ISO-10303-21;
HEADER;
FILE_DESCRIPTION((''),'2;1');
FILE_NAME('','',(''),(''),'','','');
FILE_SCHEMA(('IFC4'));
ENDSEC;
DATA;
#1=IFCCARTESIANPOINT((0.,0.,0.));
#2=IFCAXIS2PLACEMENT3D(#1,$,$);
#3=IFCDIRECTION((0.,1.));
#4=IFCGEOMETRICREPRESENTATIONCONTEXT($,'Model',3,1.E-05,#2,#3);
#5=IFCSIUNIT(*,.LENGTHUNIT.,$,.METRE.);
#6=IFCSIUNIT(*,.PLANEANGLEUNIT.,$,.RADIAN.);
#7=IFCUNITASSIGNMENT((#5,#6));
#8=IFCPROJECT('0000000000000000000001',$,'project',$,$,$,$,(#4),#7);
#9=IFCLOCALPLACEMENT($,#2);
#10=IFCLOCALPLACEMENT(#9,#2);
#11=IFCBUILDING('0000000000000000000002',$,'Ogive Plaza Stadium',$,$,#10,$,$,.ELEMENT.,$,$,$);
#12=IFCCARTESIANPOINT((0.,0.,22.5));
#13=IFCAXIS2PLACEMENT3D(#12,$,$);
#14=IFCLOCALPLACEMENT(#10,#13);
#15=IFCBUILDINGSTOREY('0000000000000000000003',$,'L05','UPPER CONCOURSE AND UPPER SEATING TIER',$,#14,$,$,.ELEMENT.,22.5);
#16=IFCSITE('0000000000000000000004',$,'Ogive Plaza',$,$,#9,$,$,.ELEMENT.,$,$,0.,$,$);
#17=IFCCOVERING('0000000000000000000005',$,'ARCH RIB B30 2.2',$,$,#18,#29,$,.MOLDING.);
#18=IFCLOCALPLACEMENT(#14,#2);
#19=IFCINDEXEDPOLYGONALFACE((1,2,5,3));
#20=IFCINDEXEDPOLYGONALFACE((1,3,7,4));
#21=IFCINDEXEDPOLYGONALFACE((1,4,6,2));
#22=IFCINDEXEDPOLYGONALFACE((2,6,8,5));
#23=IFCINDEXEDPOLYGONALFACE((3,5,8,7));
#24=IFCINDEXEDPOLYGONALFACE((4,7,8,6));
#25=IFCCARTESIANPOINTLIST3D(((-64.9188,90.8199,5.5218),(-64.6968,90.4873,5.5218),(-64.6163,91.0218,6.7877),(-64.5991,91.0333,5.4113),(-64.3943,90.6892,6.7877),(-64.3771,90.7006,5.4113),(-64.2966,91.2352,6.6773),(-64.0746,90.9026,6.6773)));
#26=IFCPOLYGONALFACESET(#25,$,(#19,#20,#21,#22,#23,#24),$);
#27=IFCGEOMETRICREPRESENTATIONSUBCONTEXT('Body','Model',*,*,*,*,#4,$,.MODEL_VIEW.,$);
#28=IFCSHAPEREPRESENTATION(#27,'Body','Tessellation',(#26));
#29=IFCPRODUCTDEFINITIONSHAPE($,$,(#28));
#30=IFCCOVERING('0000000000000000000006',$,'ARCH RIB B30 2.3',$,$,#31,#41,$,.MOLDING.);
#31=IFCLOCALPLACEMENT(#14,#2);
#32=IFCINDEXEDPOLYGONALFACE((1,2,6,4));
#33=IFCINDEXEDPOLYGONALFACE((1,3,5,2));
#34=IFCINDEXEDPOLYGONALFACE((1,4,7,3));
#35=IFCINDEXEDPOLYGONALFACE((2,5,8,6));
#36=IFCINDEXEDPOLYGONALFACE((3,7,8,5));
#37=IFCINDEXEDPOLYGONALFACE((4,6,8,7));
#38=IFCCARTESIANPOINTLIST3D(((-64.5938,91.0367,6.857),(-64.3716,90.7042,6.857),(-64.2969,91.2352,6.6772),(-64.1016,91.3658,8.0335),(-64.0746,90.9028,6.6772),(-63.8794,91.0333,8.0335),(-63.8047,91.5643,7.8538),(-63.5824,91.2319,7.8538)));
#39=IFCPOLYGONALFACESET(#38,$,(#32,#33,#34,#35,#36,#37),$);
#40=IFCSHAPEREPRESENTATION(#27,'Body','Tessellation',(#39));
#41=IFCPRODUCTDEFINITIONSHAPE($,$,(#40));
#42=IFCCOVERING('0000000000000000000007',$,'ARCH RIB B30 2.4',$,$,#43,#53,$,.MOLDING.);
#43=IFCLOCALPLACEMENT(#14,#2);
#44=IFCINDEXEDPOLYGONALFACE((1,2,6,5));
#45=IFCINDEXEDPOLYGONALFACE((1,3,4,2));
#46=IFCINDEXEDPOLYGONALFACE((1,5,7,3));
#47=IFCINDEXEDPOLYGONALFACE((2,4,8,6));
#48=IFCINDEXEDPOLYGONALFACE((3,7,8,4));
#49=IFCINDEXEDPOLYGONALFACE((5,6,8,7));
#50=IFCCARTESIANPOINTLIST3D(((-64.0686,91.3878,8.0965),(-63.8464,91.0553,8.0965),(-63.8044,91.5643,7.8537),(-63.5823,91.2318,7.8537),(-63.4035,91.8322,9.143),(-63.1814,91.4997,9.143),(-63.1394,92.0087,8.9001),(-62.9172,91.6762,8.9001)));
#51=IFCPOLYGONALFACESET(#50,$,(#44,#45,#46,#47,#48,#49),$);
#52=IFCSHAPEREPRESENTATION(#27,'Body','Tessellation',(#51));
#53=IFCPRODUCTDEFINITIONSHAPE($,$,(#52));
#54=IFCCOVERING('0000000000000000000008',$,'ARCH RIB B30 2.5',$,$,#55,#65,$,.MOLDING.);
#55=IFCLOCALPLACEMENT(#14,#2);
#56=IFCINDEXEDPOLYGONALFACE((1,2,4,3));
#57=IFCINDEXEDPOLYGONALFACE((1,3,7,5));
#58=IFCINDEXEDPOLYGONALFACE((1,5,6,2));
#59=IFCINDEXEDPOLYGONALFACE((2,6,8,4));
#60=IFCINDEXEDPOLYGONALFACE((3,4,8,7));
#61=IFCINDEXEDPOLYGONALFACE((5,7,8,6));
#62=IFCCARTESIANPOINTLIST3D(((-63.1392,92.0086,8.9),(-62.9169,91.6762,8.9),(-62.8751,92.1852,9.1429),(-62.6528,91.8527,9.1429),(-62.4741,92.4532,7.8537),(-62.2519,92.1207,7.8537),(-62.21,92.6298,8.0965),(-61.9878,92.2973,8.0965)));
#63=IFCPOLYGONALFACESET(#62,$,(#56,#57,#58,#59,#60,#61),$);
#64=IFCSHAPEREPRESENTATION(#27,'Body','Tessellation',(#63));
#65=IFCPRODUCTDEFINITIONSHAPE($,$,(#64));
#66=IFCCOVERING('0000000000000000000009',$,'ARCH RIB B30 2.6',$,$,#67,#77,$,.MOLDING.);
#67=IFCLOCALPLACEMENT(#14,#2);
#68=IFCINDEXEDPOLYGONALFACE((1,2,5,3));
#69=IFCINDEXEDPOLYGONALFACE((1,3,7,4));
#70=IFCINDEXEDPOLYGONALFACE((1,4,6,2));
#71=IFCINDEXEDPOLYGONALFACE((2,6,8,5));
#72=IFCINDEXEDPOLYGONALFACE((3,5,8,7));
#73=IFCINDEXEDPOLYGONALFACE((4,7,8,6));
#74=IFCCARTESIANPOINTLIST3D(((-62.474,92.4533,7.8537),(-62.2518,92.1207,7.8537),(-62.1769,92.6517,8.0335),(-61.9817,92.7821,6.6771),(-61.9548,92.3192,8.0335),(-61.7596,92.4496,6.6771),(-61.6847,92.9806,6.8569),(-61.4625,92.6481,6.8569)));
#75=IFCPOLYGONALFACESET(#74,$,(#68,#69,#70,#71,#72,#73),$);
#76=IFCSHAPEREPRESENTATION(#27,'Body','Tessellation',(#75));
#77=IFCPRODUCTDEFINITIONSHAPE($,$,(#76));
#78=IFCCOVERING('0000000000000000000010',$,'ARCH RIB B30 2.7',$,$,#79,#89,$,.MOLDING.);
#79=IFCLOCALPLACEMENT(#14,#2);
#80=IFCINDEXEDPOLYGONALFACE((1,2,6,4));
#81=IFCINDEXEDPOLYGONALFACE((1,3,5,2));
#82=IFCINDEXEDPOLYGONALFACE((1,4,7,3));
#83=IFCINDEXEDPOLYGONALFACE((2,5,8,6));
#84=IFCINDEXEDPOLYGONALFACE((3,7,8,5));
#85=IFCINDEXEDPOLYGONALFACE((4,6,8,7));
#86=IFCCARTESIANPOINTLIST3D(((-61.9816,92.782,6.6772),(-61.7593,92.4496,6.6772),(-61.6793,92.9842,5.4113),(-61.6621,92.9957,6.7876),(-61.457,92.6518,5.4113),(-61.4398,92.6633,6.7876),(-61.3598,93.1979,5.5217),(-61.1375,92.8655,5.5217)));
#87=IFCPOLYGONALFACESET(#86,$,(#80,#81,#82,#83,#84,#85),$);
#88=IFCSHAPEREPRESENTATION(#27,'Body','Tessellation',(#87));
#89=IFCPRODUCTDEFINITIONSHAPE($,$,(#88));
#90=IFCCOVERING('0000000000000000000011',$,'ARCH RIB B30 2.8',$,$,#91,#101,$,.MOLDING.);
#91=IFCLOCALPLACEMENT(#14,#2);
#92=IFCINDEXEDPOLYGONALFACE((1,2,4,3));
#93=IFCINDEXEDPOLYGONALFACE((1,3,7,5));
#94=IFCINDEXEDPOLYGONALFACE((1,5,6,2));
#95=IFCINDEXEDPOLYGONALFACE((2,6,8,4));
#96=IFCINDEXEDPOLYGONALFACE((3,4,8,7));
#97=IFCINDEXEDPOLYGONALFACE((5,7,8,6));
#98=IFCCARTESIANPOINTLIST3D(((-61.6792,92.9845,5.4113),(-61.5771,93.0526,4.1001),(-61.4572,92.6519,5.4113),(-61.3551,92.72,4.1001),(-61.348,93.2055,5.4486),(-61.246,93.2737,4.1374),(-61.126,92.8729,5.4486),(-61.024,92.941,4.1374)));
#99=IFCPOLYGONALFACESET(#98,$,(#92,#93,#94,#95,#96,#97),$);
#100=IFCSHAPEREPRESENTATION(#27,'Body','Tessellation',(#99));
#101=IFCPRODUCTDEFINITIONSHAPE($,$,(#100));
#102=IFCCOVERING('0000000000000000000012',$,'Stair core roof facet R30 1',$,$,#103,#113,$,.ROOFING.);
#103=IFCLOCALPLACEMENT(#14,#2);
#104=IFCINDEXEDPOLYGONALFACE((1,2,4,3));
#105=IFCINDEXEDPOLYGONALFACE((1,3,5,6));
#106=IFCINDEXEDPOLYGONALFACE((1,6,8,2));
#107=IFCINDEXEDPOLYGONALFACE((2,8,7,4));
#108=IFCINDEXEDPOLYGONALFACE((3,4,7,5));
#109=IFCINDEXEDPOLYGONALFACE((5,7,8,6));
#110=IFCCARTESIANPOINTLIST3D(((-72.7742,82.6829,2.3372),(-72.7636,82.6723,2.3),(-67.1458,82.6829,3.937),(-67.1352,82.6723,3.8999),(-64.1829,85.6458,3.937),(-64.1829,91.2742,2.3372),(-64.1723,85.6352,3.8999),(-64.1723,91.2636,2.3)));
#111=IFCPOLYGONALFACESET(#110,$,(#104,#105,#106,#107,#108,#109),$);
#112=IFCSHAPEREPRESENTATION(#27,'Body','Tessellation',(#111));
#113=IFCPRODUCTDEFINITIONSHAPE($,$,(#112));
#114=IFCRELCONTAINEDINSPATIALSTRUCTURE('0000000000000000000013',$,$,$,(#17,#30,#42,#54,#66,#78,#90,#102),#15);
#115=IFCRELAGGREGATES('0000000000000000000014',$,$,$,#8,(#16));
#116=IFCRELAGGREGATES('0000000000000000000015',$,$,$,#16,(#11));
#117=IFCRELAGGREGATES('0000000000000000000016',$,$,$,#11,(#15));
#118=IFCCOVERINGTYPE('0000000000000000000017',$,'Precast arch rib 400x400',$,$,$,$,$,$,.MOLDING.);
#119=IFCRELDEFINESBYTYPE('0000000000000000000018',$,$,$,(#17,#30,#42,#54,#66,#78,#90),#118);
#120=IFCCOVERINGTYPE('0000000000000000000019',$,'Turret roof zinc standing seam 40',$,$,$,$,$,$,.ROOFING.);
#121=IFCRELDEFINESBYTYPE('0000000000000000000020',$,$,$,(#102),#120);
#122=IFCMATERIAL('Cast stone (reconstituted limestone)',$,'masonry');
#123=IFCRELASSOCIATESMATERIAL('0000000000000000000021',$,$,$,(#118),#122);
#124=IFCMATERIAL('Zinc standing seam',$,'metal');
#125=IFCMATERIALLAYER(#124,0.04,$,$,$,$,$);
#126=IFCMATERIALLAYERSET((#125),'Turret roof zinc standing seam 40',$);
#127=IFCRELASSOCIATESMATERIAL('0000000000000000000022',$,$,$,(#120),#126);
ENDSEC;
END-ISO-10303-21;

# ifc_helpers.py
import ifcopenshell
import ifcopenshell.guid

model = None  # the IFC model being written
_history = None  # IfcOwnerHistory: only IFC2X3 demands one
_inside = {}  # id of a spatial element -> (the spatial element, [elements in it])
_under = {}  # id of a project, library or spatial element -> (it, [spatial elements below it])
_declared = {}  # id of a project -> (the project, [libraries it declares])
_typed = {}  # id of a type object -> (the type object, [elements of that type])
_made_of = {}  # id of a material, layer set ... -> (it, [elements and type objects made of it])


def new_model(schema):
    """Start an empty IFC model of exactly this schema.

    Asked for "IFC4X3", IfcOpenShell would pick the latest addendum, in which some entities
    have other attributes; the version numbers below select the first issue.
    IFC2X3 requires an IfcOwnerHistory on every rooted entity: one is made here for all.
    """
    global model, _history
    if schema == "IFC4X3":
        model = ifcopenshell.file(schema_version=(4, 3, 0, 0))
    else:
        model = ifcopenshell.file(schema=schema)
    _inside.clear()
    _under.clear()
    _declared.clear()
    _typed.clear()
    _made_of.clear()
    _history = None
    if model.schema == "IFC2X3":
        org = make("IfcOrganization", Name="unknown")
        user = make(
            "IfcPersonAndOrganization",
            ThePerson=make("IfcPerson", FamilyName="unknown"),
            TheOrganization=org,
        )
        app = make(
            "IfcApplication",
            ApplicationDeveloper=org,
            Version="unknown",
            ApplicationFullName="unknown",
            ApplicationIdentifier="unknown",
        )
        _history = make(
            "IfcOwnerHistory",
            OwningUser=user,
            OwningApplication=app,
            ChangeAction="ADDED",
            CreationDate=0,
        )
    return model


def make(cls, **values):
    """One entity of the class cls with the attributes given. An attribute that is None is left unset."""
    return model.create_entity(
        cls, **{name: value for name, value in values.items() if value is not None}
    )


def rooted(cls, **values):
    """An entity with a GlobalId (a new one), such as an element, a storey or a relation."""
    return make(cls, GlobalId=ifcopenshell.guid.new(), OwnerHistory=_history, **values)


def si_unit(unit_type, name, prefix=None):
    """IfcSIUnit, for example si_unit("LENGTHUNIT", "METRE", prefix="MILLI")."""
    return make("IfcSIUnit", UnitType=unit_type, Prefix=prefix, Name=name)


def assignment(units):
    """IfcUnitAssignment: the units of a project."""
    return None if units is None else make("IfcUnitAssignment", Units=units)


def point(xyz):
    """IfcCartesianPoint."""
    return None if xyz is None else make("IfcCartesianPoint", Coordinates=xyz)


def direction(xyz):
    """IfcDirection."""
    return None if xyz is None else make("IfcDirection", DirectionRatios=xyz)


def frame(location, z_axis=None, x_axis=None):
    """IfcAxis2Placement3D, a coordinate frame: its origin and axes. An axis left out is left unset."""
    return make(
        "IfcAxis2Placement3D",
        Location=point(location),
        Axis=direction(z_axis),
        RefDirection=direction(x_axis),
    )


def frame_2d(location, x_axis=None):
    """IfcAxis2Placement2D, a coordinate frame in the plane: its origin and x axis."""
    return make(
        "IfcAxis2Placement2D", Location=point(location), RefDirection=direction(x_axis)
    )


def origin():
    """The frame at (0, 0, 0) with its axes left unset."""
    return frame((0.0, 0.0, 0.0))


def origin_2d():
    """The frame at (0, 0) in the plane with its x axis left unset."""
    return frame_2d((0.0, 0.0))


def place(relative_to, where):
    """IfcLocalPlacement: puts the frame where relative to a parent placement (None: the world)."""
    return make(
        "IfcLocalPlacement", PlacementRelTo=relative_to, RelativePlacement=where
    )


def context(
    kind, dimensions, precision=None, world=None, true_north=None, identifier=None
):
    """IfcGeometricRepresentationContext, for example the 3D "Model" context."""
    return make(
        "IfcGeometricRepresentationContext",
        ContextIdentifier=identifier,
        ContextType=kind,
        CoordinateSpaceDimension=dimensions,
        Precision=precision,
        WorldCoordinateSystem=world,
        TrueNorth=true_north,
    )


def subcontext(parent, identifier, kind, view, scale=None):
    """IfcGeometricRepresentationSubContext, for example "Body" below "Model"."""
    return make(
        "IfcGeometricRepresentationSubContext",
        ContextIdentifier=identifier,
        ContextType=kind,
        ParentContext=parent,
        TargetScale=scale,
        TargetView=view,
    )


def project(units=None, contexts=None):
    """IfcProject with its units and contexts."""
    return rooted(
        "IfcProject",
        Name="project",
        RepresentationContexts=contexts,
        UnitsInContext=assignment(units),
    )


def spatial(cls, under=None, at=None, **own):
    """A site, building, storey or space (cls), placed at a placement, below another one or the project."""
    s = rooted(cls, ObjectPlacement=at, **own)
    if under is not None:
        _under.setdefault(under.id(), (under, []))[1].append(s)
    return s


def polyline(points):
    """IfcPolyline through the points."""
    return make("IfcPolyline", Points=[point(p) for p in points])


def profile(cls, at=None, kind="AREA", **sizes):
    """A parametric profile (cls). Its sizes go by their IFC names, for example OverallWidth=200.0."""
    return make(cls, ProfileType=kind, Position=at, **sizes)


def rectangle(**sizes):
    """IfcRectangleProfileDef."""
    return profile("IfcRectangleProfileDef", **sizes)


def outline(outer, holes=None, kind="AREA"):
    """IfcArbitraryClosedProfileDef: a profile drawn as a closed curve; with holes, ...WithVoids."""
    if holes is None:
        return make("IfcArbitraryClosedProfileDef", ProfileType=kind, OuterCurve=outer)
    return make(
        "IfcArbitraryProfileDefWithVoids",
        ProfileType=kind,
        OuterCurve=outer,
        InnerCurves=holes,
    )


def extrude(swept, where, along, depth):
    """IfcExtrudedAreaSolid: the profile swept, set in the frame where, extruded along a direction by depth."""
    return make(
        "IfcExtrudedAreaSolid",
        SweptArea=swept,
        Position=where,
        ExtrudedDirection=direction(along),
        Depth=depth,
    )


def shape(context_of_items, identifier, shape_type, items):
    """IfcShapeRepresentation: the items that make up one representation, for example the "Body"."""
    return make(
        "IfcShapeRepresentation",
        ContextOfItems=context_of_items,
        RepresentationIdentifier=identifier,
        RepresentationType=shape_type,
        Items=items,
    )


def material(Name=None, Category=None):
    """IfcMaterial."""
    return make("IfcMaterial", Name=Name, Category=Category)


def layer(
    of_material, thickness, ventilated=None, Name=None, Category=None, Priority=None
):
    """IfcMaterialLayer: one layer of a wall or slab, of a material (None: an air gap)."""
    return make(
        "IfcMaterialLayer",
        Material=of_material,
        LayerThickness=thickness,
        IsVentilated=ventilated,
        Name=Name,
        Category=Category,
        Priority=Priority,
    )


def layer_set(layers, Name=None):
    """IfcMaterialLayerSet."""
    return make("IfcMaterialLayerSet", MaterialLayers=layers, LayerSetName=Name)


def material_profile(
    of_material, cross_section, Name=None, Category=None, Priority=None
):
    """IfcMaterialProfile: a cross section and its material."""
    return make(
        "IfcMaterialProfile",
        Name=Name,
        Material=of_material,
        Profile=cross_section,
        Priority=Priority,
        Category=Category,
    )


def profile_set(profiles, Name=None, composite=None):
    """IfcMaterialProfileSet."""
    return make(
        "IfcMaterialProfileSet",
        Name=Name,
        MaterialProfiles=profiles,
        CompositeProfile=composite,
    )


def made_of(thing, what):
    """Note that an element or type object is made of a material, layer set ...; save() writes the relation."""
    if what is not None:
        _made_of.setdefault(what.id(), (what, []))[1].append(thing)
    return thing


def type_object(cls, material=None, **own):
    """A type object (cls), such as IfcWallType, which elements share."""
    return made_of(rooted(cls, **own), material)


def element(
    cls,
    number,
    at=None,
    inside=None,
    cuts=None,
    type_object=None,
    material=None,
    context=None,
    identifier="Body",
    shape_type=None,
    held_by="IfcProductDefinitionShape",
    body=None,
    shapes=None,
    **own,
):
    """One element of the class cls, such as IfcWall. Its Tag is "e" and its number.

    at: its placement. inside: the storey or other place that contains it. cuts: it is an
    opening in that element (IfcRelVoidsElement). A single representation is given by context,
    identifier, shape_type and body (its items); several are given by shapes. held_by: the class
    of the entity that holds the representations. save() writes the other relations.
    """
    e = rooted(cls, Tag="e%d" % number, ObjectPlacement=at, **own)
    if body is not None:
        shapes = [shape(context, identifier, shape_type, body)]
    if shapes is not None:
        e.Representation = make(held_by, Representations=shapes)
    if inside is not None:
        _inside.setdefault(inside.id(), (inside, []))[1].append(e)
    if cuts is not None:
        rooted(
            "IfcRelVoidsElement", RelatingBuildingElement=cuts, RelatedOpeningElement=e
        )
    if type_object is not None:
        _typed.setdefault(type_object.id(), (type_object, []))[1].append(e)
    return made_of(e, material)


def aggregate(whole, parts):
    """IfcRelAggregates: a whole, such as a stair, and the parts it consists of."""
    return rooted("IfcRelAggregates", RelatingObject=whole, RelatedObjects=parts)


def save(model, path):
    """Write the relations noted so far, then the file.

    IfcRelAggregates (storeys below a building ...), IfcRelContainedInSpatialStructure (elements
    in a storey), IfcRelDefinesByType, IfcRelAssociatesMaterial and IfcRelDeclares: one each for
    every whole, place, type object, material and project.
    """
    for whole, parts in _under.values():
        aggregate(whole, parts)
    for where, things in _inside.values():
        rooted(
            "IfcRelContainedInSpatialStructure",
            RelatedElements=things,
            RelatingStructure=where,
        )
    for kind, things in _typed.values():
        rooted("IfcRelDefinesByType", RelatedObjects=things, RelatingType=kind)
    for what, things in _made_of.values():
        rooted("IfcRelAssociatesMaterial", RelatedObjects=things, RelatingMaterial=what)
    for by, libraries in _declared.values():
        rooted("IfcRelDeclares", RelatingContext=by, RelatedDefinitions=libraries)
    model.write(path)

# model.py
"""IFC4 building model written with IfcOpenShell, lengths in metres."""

from ifc_helpers import new_model, si_unit, direction, frame, origin, origin_2d, place, context, subcontext, project, spatial, polyline, rectangle, outline, extrude, material, layer, layer_set, material_profile, profile_set, type_object, element, save


model = new_model("IFC4")

# Units and contexts
model_context = context("Model", 3, precision=1e-05, world=origin(), true_north=direction((0.0, 1.0)))
body_context = subcontext(model_context, "Body", "Model", "MODEL_VIEW")
ifc_project = project(units=[si_unit("LENGTHUNIT", "METRE"), si_unit("PLANEANGLEUNIT", "RADIAN")], contexts=[model_context])

# Site, building, storey
site_placement = place(None, origin())
site = spatial("IfcSite", under=ifc_project, at=site_placement, Name="Ogive Plaza", CompositionType="ELEMENT", RefElevation=0.0)
building_placement = place(site_placement, origin())
building = spatial("IfcBuilding", under=site, at=building_placement, Name="Ogive Plaza Stadium", CompositionType="ELEMENT")
storey_placement = place(building_placement, frame((0.0, 0.0, 22.5)))
storey = spatial("IfcBuildingStorey", under=building, at=storey_placement, Name="L05", Description="UPPER CONCOURSE AND UPPER SEATING TIER", CompositionType="ELEMENT", Elevation=22.5)

# Coverings
ifc_material_1 = material(Name="Cast stone (reconstituted limestone)", Category="masonry")
ifc_material_profile_1 = material_profile(ifc_material_1, rectangle(XDim=0.3999, YDim=0.3999, at=origin_2d()), Name="Cast stone 400x400")
ifc_profile_set_1 = profile_set([ifc_material_profile_1], Name="Cast stone (reconstituted limestone)")
covering_type_1 = type_object("IfcCoveringType", Name="Precast arch rib 400x400", PredefinedType="MOLDING", material=ifc_profile_set_1)
for number, where, z_axis, x_axis, name in (
    (1, (-64.6479, 90.7603, 5.4666), (0.229668, 0.153297, 0.96112), (-0.555165, 0.83174, 0.0), "ARCH RIB B30 2.2"),
    (2, (-64.3342, 90.9697, 6.7671), (0.373692, 0.249869, 0.893264), (-0.555842, 0.831288, 0.0), "ARCH RIB B30 2.3"),
    (3, (-63.8254, 91.3098, 7.9751), (0.504944, 0.337371, 0.794489), (-0.555545, 0.831486, 0.0), "ARCH RIB B30 2.4"),
    (4, (-62.896, 91.9307, 9.0215), (0.504912, 0.337535, -0.794439), (-0.555756, 0.831345, 0.0), "ARCH RIB B30 2.5"),
    (5, (-62.2144, 92.3862, 7.9436), (0.373709, 0.249695, -0.893305), (-0.555557, 0.831479, 0.0), "ARCH RIB B30 2.6"),
    (6, (-61.7107, 92.7227, 6.7324), (0.229486, 0.153485, -0.961134), (-0.555939, 0.831223, 0.0), "ARCH RIB B30 2.7"),
):
    element("IfcCovering", number, at=place(storey_placement, frame(where, z_axis=z_axis, x_axis=x_axis)), inside=storey, type_object=covering_type_1, Name=name, PredefinedType="MOLDING", context=body_context, shape_type="SweptSolid", body=[
        extrude(rectangle(XDim=0.3999, YDim=0.3999, at=origin_2d()), origin(), (0.0, 0.0, 1.0), 1.3171),
    ])
covering_1_placement = place(storey_placement, frame((-61.4026, 92.9287, 5.4299), z_axis=(0.077487, 0.05172, -0.995651), x_axis=(-0.555159, 0.831744, 0.0)))
element("IfcCovering", 7, at=covering_1_placement, inside=storey, type_object=covering_type_1, Name="ARCH RIB B30 2.8", PredefinedType="MOLDING", context=body_context, shape_type="SweptSolid", body=[
    extrude(rectangle(XDim=0.3999, YDim=0.3999, at=origin_2d()), origin(), (0.0, 0.0, 1.0), 1.3169),
])
ifc_material_2 = material(Name="Zinc standing seam", Category="metal")
ifc_layer_1 = layer(ifc_material_2, 0.04)
ifc_layer_set_1 = layer_set([ifc_layer_1], Name="Turret roof zinc standing seam 40")
covering_type_2 = type_object("IfcCoveringType", Name="Turret roof zinc standing seam 40", PredefinedType="ROOFING", material=ifc_layer_set_1)
covering_2_placement = place(storey_placement, frame((-64.1829, 91.2742, 2.3372), z_axis=(-0.263735, 0.263735, 0.927841), x_axis=(-0.707107, -0.707107, 0.0)))
element("IfcCovering", 8, at=covering_2_placement, inside=storey, type_object=covering_type_2, Name="Stair core roof facet R30 1", PredefinedType="ROOFING", context=body_context, shape_type="SweptSolid", body=[
    extrude(outline(polyline([(0.0, 0.0), (12.1499, 0.0), (8.1701, 4.2894), (3.9799, 4.2894), (0.0, 0.0)])), origin(), (0.0, 0.0, -1.0), 0.04),
])

save(model, "model.ifc")
